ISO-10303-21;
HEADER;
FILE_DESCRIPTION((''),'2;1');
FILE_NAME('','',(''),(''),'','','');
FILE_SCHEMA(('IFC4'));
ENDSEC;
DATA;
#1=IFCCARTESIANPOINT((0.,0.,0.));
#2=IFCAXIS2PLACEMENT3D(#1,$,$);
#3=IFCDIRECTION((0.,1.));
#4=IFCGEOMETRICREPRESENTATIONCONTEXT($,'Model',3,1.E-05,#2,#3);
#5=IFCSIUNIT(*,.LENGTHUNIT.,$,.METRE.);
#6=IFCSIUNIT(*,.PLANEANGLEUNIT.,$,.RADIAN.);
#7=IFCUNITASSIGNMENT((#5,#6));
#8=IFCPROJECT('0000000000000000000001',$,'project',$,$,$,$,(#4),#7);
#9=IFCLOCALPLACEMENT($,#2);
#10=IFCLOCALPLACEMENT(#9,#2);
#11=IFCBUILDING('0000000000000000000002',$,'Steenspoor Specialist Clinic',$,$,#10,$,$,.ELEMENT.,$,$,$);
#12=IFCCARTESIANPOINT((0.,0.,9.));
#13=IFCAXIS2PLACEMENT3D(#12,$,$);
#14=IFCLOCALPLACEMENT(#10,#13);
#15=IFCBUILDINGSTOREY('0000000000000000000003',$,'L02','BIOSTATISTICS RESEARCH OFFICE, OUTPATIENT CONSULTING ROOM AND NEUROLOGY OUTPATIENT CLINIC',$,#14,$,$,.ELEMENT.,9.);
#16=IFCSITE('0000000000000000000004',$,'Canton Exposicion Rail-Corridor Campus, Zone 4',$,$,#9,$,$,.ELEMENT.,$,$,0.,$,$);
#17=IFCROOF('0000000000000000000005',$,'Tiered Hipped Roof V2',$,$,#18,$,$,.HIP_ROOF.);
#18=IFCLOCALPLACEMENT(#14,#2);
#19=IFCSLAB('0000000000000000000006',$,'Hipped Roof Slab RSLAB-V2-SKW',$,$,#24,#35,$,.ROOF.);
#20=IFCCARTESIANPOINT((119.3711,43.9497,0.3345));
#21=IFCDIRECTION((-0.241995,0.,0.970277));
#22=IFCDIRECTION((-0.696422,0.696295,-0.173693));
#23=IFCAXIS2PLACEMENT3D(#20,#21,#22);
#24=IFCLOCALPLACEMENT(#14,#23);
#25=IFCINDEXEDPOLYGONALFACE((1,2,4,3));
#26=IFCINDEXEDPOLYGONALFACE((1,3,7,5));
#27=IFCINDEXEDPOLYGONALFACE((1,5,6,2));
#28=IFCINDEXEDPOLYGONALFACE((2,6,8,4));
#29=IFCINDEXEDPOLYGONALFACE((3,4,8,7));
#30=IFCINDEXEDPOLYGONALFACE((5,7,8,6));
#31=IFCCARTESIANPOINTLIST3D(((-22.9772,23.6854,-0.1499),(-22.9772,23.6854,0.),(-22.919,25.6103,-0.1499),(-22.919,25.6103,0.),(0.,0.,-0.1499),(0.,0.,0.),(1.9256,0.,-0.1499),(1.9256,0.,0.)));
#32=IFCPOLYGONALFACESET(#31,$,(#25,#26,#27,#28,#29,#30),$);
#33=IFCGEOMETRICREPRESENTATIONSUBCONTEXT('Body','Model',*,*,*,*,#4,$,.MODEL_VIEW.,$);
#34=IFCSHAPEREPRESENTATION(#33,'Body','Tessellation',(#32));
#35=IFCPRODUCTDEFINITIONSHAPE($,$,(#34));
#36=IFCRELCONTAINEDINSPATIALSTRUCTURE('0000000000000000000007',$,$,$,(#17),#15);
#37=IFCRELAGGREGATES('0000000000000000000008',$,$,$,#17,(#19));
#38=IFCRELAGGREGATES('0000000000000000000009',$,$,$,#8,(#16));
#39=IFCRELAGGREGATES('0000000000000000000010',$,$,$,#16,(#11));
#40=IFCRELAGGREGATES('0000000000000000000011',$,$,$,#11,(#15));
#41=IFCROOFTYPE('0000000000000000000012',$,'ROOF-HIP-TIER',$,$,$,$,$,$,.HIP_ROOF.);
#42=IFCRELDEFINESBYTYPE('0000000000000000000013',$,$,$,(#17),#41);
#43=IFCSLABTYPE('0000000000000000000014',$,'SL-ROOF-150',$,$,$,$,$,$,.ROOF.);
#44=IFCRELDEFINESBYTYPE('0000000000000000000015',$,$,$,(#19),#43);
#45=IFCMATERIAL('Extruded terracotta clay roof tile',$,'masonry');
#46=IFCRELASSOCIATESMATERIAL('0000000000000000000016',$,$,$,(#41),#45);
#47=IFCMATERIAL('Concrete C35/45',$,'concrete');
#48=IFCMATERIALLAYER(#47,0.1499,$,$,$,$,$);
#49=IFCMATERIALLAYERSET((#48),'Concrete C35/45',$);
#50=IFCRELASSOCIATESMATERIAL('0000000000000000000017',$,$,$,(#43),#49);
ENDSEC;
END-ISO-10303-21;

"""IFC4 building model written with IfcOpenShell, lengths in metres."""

from ifc_helpers import new_model, si_unit, direction, frame, origin, place, context, subcontext, project, spatial, polyline, outline, extrude, material, layer, layer_set, type_object, element, aggregate, save


model = new_model("IFC4")

# Units and contexts
model_context = context("Model", 3, precision=1e-05, world=origin(), true_north=direction((0.0, 1.0)))
body_context = subcontext(model_context, "Body", "Model", "MODEL_VIEW")
ifc_project = project(units=[si_unit("LENGTHUNIT", "METRE"), si_unit("PLANEANGLEUNIT", "RADIAN")], contexts=[model_context])

# Site, building, storey
site_placement = place(None, origin())
site = spatial("IfcSite", under=ifc_project, at=site_placement, Name="Canton Exposicion Rail-Corridor Campus, Zone 4", CompositionType="ELEMENT", RefElevation=0.0)
building_placement = place(site_placement, origin())
building = spatial("IfcBuilding", under=site, at=building_placement, Name="Steenspoor Specialist Clinic", CompositionType="ELEMENT")
storey_placement = place(building_placement, frame((0.0, 0.0, 9.0)))
storey = spatial("IfcBuildingStorey", under=building, at=storey_placement, Name="L02", Description="BIOSTATISTICS RESEARCH OFFICE, OUTPATIENT CONSULTING ROOM AND NEUROLOGY OUTPATIENT CLINIC", CompositionType="ELEMENT", Elevation=9.0)

# Shared definitions
ifc_material_1 = material(Name="Extruded terracotta clay roof tile", Category="masonry")
roof_type = type_object("IfcRoofType", Name="ROOF-HIP-TIER", PredefinedType="HIP_ROOF", material=ifc_material_1)
ifc_material_2 = material(Name="Concrete C35/45", Category="concrete")
ifc_layer_1 = layer(ifc_material_2, 0.1499)
ifc_layer_set_1 = layer_set([ifc_layer_1], Name="Concrete C35/45")
slab_type = type_object("IfcSlabType", Name="SL-ROOF-150", PredefinedType="ROOF", material=ifc_layer_set_1)

# Roof, slab
roof_1_placement = place(storey_placement, origin())
roof_1 = element("IfcRoof", 1, at=roof_1_placement, inside=storey, type_object=roof_type, Name="Tiered Hipped Roof V2", PredefinedType="HIP_ROOF")
slab_1_placement = place(storey_placement, frame((119.3711, 43.9497, 0.3345), z_axis=(-0.241995, 0.0, 0.970277), x_axis=(-0.696422, 0.696295, -0.173693)))
slab_1 = element("IfcSlab", 2, at=slab_1_placement, type_object=slab_type, Name="Hipped Roof Slab RSLAB-V2-SKW", PredefinedType="ROOF", context=body_context, shape_type="SweptSolid", body=[
    extrude(outline(polyline([(0.0, 0.0), (1.9256, 0.0), (-22.919, 25.6103), (-22.9772, 23.6854), (0.0, 0.0)])), origin(), (0.0, 0.0, -1.0), 0.1499),
])
aggregate(roof_1, [slab_1])

save(model, "model.ifc")
